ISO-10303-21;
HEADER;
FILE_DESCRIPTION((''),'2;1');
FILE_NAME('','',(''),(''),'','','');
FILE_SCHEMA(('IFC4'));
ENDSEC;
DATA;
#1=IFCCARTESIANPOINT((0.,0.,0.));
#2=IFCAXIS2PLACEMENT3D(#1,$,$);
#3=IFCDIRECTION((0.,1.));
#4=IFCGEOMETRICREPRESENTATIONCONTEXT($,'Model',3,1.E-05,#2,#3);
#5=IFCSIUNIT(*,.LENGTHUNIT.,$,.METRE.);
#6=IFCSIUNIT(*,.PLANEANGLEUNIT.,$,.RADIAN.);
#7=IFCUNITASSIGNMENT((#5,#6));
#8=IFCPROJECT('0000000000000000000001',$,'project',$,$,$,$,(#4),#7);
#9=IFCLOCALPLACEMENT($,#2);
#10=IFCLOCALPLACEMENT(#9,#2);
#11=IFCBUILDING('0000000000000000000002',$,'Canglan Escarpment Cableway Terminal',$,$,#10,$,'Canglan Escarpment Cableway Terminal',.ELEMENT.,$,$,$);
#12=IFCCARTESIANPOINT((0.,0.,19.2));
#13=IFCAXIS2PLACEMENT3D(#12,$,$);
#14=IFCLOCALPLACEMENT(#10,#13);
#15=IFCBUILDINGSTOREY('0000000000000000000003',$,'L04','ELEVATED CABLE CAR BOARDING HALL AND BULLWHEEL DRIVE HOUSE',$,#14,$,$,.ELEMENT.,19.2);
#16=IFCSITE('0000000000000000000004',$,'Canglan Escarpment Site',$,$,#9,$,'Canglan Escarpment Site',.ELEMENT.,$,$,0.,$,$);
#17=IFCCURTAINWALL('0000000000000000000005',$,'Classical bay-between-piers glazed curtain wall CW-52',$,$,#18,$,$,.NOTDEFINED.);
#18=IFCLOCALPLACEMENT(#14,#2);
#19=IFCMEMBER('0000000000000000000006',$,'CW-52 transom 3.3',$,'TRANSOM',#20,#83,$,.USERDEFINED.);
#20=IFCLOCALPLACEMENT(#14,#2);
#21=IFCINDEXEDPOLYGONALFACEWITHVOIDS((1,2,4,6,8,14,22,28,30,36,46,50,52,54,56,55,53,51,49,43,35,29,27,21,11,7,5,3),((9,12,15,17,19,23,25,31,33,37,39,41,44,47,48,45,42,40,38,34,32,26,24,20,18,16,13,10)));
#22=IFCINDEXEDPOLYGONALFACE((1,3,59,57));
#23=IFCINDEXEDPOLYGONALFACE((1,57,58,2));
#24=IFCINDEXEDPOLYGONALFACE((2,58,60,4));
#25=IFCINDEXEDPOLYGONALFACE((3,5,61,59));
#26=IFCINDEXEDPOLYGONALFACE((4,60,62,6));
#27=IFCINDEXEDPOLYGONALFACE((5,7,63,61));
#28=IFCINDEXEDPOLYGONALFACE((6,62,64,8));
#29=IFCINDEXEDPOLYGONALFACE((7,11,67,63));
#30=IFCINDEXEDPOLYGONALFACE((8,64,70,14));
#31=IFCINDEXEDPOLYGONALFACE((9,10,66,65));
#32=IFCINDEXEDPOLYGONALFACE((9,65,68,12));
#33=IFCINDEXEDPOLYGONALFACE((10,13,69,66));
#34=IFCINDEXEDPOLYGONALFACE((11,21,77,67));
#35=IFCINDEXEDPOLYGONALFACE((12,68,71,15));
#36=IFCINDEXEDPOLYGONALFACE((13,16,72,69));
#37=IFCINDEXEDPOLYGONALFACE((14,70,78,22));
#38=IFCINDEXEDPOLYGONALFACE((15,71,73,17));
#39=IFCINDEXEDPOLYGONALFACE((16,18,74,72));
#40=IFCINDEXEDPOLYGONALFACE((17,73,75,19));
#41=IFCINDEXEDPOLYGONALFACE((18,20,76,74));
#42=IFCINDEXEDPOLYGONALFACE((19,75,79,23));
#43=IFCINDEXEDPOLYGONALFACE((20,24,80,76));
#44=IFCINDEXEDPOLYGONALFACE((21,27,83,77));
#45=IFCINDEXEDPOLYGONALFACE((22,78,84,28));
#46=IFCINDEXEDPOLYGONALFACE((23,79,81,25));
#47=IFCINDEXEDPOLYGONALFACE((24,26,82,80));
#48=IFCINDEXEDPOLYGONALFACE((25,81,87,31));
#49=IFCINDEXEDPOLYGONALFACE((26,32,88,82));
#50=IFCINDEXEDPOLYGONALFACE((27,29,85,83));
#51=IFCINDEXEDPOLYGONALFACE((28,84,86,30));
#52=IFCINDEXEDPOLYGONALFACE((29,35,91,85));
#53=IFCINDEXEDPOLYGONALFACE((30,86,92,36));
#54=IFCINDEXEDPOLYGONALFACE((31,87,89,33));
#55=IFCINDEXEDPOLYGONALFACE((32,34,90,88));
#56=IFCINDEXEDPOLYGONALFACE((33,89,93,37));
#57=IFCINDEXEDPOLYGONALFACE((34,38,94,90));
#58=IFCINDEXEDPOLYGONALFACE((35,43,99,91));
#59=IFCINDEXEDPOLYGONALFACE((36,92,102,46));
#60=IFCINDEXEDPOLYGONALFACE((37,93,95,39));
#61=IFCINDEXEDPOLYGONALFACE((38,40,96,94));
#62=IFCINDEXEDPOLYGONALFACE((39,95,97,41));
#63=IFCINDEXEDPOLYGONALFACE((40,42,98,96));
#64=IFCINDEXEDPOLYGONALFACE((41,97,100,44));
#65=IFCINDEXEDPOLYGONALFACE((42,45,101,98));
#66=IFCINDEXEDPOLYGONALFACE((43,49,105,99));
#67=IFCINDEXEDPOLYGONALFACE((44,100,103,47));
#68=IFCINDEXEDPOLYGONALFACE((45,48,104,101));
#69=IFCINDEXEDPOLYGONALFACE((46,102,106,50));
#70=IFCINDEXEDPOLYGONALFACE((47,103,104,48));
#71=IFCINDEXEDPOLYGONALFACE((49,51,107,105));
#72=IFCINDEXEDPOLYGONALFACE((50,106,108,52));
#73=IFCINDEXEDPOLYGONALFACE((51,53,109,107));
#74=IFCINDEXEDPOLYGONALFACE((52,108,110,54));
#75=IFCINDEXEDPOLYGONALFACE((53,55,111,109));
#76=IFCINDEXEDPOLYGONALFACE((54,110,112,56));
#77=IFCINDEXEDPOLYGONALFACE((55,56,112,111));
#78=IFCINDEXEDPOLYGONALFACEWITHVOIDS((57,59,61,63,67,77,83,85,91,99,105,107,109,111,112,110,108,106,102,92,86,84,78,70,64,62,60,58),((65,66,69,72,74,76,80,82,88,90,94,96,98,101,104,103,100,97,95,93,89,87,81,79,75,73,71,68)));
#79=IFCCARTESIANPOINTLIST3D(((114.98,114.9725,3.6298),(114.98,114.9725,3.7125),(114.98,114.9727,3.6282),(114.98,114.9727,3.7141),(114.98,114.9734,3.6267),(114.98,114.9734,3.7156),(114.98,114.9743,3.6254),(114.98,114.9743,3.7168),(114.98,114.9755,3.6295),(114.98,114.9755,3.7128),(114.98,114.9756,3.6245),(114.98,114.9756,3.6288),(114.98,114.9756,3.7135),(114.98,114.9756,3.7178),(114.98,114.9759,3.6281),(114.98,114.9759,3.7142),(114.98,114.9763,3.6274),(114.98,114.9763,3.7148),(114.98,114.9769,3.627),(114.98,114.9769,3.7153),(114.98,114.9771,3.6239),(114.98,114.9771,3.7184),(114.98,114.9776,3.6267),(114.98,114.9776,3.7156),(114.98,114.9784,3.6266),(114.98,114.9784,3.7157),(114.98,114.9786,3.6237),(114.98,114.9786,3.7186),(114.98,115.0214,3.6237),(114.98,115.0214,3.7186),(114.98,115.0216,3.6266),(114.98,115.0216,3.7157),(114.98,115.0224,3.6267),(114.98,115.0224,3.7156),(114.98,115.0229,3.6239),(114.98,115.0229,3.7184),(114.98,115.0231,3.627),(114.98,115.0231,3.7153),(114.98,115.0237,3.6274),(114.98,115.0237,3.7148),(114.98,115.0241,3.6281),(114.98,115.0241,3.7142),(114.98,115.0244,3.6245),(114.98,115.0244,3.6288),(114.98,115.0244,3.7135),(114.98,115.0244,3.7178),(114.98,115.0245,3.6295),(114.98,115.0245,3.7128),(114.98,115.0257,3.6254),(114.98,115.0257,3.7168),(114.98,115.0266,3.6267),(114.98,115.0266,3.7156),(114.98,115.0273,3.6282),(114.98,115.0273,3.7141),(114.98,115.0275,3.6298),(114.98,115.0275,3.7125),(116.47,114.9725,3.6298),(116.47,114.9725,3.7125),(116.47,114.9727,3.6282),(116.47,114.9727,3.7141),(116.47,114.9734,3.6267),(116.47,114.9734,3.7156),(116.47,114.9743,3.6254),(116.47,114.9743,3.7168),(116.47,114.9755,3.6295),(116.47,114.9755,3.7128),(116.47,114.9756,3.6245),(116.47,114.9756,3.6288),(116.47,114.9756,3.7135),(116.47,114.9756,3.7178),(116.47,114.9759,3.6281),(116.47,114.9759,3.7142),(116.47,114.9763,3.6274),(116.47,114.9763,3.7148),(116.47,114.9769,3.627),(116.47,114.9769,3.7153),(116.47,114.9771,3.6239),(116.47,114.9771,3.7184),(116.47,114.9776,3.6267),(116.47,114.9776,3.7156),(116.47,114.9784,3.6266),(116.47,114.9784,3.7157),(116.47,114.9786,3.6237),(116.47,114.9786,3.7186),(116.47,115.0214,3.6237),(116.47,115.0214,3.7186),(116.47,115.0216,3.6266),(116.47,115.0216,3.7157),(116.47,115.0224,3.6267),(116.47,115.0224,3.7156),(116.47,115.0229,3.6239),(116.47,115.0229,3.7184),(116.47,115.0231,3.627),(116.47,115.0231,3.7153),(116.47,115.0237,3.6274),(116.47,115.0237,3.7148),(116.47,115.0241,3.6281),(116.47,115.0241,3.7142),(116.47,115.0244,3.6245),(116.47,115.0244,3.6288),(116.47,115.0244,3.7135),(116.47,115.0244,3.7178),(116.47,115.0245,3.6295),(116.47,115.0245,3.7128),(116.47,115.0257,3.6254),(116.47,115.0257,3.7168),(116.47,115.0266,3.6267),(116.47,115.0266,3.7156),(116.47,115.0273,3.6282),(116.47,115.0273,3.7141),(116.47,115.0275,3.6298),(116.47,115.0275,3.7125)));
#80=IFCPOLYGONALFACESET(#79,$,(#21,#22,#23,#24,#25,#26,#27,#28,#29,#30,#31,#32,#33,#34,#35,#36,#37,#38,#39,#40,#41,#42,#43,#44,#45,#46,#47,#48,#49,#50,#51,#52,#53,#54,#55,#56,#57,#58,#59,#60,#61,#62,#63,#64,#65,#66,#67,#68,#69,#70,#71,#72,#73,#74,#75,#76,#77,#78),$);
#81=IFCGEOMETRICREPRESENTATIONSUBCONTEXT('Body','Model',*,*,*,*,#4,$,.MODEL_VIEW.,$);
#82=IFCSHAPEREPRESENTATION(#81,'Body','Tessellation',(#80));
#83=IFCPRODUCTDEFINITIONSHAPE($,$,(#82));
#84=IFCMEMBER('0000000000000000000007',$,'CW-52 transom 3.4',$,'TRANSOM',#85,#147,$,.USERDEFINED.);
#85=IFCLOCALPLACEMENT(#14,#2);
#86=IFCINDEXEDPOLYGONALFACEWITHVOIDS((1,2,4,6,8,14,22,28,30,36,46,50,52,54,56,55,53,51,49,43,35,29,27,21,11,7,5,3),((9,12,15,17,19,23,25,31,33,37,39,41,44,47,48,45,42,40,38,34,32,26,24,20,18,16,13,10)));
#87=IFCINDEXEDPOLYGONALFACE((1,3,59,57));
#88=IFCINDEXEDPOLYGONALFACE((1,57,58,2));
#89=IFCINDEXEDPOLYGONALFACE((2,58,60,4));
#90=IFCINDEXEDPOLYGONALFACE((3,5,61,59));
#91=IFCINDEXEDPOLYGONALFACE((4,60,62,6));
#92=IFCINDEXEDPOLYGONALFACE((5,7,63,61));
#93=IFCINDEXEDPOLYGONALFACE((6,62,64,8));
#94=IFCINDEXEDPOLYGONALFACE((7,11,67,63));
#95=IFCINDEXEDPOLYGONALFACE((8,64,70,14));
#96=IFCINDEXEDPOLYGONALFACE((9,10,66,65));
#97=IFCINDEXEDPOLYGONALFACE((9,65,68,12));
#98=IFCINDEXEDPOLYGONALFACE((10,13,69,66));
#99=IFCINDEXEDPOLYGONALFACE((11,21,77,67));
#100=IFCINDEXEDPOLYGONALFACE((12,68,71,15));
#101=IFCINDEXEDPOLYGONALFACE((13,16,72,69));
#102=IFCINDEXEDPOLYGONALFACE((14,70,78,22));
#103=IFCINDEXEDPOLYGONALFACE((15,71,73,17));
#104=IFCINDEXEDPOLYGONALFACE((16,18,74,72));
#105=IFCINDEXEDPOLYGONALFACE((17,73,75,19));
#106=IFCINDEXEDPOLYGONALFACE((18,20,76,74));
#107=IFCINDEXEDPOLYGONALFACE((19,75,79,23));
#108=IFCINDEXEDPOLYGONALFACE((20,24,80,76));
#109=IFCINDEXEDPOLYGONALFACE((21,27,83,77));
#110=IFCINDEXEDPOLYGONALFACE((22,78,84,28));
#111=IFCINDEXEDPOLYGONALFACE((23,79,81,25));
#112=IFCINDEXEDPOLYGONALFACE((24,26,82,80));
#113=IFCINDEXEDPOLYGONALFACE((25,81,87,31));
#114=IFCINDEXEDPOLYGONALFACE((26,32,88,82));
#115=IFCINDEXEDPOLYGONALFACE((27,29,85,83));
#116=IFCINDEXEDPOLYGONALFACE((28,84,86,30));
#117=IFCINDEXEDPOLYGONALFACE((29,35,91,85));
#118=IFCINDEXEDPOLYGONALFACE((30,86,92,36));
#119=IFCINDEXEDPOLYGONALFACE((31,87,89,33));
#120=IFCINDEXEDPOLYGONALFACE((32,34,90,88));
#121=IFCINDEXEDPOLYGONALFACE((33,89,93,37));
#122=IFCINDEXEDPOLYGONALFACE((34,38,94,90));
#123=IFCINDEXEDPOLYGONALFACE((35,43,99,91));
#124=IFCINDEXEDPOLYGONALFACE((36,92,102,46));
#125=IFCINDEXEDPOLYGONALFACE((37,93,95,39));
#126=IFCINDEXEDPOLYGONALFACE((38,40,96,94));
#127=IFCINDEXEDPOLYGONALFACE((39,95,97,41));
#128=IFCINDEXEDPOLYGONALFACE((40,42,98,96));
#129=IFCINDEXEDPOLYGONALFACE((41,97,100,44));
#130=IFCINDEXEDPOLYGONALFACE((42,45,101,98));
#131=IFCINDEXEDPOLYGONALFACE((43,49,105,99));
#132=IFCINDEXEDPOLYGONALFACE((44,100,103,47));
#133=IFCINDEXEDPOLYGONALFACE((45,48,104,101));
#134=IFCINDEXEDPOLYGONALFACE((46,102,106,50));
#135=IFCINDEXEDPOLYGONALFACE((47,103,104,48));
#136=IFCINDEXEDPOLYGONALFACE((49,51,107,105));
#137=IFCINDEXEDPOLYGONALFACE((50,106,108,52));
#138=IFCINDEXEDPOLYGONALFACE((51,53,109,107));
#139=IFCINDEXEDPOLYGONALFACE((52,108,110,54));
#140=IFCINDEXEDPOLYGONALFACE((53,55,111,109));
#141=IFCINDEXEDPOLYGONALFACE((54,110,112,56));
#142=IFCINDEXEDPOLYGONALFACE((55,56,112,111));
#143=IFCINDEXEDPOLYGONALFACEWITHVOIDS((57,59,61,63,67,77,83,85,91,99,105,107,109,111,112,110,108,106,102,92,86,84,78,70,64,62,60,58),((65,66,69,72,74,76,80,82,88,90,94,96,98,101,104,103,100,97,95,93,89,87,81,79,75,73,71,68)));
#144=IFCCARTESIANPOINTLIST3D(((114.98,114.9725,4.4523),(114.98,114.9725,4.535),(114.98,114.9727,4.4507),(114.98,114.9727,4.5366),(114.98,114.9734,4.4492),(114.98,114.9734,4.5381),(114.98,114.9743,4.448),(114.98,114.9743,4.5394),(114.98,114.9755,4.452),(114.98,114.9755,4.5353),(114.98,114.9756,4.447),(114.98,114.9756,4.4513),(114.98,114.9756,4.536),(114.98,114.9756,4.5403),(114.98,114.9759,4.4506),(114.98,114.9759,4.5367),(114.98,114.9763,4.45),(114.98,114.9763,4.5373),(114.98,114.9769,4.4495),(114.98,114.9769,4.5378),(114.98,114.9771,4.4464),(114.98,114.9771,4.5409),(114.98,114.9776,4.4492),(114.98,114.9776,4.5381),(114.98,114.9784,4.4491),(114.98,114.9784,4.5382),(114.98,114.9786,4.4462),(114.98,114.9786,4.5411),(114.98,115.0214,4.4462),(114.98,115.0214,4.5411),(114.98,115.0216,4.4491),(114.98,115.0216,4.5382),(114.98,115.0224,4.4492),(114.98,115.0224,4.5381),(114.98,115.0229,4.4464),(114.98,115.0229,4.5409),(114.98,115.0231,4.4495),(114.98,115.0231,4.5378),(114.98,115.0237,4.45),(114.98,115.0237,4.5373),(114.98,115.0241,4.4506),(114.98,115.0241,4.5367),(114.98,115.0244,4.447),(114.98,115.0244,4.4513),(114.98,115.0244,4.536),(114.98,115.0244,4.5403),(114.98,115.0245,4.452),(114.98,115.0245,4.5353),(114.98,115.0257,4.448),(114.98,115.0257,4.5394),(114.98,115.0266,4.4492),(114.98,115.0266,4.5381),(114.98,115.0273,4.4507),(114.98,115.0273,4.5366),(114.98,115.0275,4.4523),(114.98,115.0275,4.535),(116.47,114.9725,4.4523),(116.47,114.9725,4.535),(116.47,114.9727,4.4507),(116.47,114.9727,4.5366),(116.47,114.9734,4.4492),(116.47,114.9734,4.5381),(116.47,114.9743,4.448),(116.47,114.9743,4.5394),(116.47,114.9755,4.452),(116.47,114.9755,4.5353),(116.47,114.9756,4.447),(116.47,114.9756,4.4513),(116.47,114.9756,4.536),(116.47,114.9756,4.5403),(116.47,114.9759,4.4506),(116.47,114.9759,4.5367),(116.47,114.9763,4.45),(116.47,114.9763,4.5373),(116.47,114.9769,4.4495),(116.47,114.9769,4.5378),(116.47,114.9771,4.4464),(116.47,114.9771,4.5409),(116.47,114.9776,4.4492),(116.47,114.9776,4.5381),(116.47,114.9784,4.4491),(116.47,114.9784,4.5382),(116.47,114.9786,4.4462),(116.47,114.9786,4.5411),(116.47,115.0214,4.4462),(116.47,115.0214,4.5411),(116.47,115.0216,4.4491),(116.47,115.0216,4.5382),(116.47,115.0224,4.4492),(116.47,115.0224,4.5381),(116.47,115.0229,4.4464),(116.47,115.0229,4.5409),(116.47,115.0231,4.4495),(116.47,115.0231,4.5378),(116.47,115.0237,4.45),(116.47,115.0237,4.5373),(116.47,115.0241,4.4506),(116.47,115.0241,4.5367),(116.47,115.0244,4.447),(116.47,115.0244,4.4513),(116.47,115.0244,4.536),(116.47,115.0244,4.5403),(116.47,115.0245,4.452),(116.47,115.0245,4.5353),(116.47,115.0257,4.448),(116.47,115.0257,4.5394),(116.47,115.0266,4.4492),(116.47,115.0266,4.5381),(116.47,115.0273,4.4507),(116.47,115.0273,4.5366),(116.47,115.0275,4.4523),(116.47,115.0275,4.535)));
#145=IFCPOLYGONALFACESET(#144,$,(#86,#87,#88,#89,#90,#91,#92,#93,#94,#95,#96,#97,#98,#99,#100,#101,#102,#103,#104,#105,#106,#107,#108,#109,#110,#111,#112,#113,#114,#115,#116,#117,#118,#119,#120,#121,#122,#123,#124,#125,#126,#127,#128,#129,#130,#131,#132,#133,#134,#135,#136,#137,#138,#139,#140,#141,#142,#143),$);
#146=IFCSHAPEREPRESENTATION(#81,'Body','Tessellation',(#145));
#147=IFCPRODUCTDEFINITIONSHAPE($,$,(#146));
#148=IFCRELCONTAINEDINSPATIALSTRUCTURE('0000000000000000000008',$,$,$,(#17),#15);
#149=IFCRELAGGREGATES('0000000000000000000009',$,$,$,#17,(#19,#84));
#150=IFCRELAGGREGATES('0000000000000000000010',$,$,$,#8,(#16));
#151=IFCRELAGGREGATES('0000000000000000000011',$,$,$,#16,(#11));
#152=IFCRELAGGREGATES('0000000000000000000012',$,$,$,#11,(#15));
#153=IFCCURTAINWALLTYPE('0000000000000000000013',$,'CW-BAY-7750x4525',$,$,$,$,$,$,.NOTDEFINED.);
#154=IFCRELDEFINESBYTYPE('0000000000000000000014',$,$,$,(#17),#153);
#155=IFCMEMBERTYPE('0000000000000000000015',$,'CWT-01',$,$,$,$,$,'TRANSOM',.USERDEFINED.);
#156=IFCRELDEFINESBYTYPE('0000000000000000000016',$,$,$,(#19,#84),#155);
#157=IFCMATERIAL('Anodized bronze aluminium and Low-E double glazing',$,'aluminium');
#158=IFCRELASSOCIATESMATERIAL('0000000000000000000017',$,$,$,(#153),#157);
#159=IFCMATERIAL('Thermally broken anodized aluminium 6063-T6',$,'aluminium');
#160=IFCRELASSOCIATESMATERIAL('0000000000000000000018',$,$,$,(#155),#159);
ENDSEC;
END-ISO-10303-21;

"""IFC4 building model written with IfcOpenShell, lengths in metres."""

from ifc_helpers import new_model, si_unit, direction, frame, origin, origin_2d, place, context, subcontext, project, spatial, hollow_rectangle, extrude, material, material_profile, profile_set, type_object, element, aggregate, save


model = new_model("IFC4")

# Units and contexts
model_context = context("Model", 3, precision=1e-05, world=origin(), true_north=direction((0.0, 1.0)))
body_context = subcontext(model_context, "Body", "Model", "MODEL_VIEW")
ifc_project = project(units=[si_unit("LENGTHUNIT", "METRE"), si_unit("PLANEANGLEUNIT", "RADIAN")], contexts=[model_context])

# Site, building, storey
site_placement = place(None, origin())
site = spatial("IfcSite", under=ifc_project, at=site_placement, Name="Canglan Escarpment Site", LongName="Canglan Escarpment Site", CompositionType="ELEMENT", RefElevation=0.0)
building_placement = place(site_placement, origin())
building = spatial("IfcBuilding", under=site, at=building_placement, Name="Canglan Escarpment Cableway Terminal", LongName="Canglan Escarpment Cableway Terminal", CompositionType="ELEMENT")
storey_placement = place(building_placement, frame((0.0, 0.0, 19.2)))
storey = spatial("IfcBuildingStorey", under=building, at=storey_placement, Name="L04", Description="ELEVATED CABLE CAR BOARDING HALL AND BULLWHEEL DRIVE HOUSE", CompositionType="ELEMENT", Elevation=19.2)

# Curtain wall, members
ifc_material_1 = material(Name="Anodized bronze aluminium and Low-E double glazing", Category="aluminium")
curtain_wall_type = type_object("IfcCurtainWallType", Name="CW-BAY-7750x4525", PredefinedType="NOTDEFINED", material=ifc_material_1)
curtain_wall_placement = place(storey_placement, origin())
curtain_wall = element("IfcCurtainWall", 1, at=curtain_wall_placement, inside=storey, type_object=curtain_wall_type, Name="Classical bay-between-piers glazed curtain wall CW-52", PredefinedType="NOTDEFINED")
ifc_material_2 = material(Name="Thermally broken anodized aluminium 6063-T6", Category="aluminium")
ifc_material_profile_1 = material_profile(ifc_material_2, hollow_rectangle(XDim=0.0549, YDim=0.095, WallThickness=0.0029, InnerFilletRadius=0.0029, OuterFilletRadius=0.0061, at=origin_2d()), Name="ALU-TRAN 55x95x3")
ifc_profile_set_1 = profile_set([ifc_material_profile_1], Name="Thermally broken anodized aluminium 6063-T6")
member_type_1 = type_object("IfcMemberType", Name="CWT-01", ElementType="TRANSOM", PredefinedType="USERDEFINED", material=ifc_profile_set_1)
member_1_placement = place(storey_placement, frame((116.47, 115.0, 3.6711), z_axis=(-1.0, 0.0, 0.0), x_axis=(0.0, -1.0, 0.0)))
member_1 = element("IfcMember", 2, at=member_1_placement, type_object=member_type_1, Name="CW-52 transom 3.3", ObjectType="TRANSOM", PredefinedType="USERDEFINED", context=body_context, shape_type="SweptSolid", body=[
    extrude(hollow_rectangle(XDim=0.0549, YDim=0.095, WallThickness=0.0029, InnerFilletRadius=0.0029, OuterFilletRadius=0.0061, at=origin_2d()), origin(), (0.0, 0.0, 1.0), 1.49),
])
member_2_placement = place(storey_placement, frame((116.47, 115.0, 4.4937), z_axis=(-1.0, 0.0, 0.0), x_axis=(0.0, -1.0, 0.0)))
member_2 = element("IfcMember", 3, at=member_2_placement, type_object=member_type_1, Name="CW-52 transom 3.4", ObjectType="TRANSOM", PredefinedType="USERDEFINED", context=body_context, shape_type="SweptSolid", body=[
    extrude(hollow_rectangle(XDim=0.0549, YDim=0.095, WallThickness=0.0029, InnerFilletRadius=0.0029, OuterFilletRadius=0.0061, at=origin_2d()), origin(), (0.0, 0.0, 1.0), 1.49),
])
aggregate(curtain_wall, [member_1, member_2])

save(model, "model.ifc")
